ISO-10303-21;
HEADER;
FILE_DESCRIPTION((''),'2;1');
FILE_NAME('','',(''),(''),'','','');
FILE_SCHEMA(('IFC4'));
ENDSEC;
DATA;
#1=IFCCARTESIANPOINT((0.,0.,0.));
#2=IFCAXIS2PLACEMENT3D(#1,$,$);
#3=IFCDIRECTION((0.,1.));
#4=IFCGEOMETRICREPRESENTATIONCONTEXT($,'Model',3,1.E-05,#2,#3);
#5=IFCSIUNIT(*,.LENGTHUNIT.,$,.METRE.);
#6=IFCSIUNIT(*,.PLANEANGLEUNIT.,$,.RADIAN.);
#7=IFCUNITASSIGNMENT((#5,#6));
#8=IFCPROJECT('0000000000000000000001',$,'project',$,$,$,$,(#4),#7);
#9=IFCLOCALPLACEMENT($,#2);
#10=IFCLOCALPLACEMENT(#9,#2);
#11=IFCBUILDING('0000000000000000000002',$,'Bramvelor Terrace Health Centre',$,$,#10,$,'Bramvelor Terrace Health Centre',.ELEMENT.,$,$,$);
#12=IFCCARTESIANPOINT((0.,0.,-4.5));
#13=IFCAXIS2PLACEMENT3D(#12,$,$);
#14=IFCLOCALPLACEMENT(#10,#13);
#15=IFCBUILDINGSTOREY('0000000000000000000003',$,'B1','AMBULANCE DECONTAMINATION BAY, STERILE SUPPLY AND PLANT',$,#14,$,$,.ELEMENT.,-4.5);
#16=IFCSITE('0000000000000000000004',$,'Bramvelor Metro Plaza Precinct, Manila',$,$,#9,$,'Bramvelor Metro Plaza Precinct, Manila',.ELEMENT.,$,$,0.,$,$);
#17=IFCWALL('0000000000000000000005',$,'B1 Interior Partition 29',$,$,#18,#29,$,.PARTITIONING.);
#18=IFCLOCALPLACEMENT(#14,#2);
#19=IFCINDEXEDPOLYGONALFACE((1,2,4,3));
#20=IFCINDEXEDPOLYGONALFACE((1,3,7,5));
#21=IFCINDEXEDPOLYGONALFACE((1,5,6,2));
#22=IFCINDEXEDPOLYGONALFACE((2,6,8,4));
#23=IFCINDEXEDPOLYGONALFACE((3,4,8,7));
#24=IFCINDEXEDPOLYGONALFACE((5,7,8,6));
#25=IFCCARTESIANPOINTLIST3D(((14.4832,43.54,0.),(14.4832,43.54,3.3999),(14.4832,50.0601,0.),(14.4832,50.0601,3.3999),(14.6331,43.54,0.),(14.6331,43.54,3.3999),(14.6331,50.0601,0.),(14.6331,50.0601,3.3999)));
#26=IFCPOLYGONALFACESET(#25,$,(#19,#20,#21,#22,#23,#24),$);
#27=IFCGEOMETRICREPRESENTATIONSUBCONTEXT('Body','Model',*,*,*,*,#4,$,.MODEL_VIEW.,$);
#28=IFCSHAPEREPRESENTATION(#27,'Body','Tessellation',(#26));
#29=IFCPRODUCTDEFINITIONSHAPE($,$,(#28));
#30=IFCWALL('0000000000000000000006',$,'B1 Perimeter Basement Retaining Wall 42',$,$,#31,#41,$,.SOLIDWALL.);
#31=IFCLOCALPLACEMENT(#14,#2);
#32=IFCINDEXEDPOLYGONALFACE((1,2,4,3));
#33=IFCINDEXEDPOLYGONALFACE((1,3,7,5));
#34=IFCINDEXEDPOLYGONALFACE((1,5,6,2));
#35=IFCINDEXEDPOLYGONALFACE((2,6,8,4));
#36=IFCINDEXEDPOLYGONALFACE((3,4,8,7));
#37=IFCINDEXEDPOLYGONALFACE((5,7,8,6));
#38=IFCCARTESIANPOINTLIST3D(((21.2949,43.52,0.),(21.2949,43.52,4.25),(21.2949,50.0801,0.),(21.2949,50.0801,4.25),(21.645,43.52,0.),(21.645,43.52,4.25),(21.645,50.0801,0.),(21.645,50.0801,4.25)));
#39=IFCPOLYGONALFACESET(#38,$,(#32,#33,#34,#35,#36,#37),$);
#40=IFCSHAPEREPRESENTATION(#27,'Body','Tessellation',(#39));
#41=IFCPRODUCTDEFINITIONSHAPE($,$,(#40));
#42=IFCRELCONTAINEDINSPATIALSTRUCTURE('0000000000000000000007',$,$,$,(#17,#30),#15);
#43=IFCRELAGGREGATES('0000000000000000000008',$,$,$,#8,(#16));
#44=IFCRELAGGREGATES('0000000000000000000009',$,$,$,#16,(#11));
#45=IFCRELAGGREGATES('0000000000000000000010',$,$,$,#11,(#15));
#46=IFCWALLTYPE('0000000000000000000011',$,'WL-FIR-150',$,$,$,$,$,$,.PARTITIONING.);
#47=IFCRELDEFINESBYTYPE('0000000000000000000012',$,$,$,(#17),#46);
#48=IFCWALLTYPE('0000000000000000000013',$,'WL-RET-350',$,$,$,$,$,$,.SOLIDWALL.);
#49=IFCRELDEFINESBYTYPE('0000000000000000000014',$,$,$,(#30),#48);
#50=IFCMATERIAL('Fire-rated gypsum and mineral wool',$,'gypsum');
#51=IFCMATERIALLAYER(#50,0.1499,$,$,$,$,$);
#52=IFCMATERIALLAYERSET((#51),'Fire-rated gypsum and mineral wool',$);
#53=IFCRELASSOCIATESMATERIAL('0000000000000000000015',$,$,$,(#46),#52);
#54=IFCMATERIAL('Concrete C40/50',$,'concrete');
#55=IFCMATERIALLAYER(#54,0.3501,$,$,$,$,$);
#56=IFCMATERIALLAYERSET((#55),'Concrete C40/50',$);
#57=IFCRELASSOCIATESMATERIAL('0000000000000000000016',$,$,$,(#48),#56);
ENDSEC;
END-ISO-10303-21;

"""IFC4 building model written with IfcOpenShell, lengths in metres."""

from ifc_helpers import new_model, si_unit, direction, frame, frame_2d, origin, place, context, subcontext, project, spatial, rectangle, extrude, material, layer, layer_set, type_object, element, save


model = new_model("IFC4")

# Units and contexts
model_context = context("Model", 3, precision=1e-05, world=origin(), true_north=direction((0.0, 1.0)))
body_context = subcontext(model_context, "Body", "Model", "MODEL_VIEW")
ifc_project = project(units=[si_unit("LENGTHUNIT", "METRE"), si_unit("PLANEANGLEUNIT", "RADIAN")], contexts=[model_context])

# Site, building, storey
site_placement = place(None, origin())
site = spatial("IfcSite", under=ifc_project, at=site_placement, Name="Bramvelor Metro Plaza Precinct, Manila", LongName="Bramvelor Metro Plaza Precinct, Manila", CompositionType="ELEMENT", RefElevation=0.0)
building_placement = place(site_placement, origin())
building = spatial("IfcBuilding", under=site, at=building_placement, Name="Bramvelor Terrace Health Centre", LongName="Bramvelor Terrace Health Centre", CompositionType="ELEMENT")
storey_placement = place(building_placement, frame((0.0, 0.0, -4.5)))
storey = spatial("IfcBuildingStorey", under=building, at=storey_placement, Name="B1", Description="AMBULANCE DECONTAMINATION BAY, STERILE SUPPLY AND PLANT", CompositionType="ELEMENT", Elevation=-4.5)

# Walls
ifc_material_1 = material(Name="Fire-rated gypsum and mineral wool", Category="gypsum")
ifc_layer_1 = layer(ifc_material_1, 0.1499)
ifc_layer_set_1 = layer_set([ifc_layer_1], Name="Fire-rated gypsum and mineral wool")
wall_type_1 = type_object("IfcWallType", Name="WL-FIR-150", PredefinedType="PARTITIONING", material=ifc_layer_set_1)
wall_1_placement = place(storey_placement, frame((14.5581, 50.0601, 0.0), z_axis=(0.0, 0.0, 1.0), x_axis=(0.0, -1.0, 0.0)))
element("IfcWall", 1, at=wall_1_placement, inside=storey, type_object=wall_type_1, Name="B1 Interior Partition 29", PredefinedType="PARTITIONING", context=body_context, shape_type="SweptSolid", body=[
    extrude(rectangle(XDim=6.52, YDim=0.1499, at=frame_2d((3.26, 0.0))), origin(), (0.0, 0.0, 1.0), 3.3999),
])
ifc_material_2 = material(Name="Concrete C40/50", Category="concrete")
ifc_layer_2 = layer(ifc_material_2, 0.3501)
ifc_layer_set_2 = layer_set([ifc_layer_2], Name="Concrete C40/50")
wall_type_2 = type_object("IfcWallType", Name="WL-RET-350", PredefinedType="SOLIDWALL", material=ifc_layer_set_2)
wall_2_placement = place(storey_placement, frame((21.47, 50.0801, 0.0), z_axis=(0.0, 0.0, 1.0), x_axis=(0.0, -1.0, 0.0)))
element("IfcWall", 2, at=wall_2_placement, inside=storey, type_object=wall_type_2, Name="B1 Perimeter Basement Retaining Wall 42", PredefinedType="SOLIDWALL", context=body_context, shape_type="SweptSolid", body=[
    extrude(rectangle(XDim=6.5601, YDim=0.3501, at=frame_2d((3.28, 0.0))), origin(), (0.0, 0.0, 1.0), 4.25),
])

save(model, "model.ifc")
